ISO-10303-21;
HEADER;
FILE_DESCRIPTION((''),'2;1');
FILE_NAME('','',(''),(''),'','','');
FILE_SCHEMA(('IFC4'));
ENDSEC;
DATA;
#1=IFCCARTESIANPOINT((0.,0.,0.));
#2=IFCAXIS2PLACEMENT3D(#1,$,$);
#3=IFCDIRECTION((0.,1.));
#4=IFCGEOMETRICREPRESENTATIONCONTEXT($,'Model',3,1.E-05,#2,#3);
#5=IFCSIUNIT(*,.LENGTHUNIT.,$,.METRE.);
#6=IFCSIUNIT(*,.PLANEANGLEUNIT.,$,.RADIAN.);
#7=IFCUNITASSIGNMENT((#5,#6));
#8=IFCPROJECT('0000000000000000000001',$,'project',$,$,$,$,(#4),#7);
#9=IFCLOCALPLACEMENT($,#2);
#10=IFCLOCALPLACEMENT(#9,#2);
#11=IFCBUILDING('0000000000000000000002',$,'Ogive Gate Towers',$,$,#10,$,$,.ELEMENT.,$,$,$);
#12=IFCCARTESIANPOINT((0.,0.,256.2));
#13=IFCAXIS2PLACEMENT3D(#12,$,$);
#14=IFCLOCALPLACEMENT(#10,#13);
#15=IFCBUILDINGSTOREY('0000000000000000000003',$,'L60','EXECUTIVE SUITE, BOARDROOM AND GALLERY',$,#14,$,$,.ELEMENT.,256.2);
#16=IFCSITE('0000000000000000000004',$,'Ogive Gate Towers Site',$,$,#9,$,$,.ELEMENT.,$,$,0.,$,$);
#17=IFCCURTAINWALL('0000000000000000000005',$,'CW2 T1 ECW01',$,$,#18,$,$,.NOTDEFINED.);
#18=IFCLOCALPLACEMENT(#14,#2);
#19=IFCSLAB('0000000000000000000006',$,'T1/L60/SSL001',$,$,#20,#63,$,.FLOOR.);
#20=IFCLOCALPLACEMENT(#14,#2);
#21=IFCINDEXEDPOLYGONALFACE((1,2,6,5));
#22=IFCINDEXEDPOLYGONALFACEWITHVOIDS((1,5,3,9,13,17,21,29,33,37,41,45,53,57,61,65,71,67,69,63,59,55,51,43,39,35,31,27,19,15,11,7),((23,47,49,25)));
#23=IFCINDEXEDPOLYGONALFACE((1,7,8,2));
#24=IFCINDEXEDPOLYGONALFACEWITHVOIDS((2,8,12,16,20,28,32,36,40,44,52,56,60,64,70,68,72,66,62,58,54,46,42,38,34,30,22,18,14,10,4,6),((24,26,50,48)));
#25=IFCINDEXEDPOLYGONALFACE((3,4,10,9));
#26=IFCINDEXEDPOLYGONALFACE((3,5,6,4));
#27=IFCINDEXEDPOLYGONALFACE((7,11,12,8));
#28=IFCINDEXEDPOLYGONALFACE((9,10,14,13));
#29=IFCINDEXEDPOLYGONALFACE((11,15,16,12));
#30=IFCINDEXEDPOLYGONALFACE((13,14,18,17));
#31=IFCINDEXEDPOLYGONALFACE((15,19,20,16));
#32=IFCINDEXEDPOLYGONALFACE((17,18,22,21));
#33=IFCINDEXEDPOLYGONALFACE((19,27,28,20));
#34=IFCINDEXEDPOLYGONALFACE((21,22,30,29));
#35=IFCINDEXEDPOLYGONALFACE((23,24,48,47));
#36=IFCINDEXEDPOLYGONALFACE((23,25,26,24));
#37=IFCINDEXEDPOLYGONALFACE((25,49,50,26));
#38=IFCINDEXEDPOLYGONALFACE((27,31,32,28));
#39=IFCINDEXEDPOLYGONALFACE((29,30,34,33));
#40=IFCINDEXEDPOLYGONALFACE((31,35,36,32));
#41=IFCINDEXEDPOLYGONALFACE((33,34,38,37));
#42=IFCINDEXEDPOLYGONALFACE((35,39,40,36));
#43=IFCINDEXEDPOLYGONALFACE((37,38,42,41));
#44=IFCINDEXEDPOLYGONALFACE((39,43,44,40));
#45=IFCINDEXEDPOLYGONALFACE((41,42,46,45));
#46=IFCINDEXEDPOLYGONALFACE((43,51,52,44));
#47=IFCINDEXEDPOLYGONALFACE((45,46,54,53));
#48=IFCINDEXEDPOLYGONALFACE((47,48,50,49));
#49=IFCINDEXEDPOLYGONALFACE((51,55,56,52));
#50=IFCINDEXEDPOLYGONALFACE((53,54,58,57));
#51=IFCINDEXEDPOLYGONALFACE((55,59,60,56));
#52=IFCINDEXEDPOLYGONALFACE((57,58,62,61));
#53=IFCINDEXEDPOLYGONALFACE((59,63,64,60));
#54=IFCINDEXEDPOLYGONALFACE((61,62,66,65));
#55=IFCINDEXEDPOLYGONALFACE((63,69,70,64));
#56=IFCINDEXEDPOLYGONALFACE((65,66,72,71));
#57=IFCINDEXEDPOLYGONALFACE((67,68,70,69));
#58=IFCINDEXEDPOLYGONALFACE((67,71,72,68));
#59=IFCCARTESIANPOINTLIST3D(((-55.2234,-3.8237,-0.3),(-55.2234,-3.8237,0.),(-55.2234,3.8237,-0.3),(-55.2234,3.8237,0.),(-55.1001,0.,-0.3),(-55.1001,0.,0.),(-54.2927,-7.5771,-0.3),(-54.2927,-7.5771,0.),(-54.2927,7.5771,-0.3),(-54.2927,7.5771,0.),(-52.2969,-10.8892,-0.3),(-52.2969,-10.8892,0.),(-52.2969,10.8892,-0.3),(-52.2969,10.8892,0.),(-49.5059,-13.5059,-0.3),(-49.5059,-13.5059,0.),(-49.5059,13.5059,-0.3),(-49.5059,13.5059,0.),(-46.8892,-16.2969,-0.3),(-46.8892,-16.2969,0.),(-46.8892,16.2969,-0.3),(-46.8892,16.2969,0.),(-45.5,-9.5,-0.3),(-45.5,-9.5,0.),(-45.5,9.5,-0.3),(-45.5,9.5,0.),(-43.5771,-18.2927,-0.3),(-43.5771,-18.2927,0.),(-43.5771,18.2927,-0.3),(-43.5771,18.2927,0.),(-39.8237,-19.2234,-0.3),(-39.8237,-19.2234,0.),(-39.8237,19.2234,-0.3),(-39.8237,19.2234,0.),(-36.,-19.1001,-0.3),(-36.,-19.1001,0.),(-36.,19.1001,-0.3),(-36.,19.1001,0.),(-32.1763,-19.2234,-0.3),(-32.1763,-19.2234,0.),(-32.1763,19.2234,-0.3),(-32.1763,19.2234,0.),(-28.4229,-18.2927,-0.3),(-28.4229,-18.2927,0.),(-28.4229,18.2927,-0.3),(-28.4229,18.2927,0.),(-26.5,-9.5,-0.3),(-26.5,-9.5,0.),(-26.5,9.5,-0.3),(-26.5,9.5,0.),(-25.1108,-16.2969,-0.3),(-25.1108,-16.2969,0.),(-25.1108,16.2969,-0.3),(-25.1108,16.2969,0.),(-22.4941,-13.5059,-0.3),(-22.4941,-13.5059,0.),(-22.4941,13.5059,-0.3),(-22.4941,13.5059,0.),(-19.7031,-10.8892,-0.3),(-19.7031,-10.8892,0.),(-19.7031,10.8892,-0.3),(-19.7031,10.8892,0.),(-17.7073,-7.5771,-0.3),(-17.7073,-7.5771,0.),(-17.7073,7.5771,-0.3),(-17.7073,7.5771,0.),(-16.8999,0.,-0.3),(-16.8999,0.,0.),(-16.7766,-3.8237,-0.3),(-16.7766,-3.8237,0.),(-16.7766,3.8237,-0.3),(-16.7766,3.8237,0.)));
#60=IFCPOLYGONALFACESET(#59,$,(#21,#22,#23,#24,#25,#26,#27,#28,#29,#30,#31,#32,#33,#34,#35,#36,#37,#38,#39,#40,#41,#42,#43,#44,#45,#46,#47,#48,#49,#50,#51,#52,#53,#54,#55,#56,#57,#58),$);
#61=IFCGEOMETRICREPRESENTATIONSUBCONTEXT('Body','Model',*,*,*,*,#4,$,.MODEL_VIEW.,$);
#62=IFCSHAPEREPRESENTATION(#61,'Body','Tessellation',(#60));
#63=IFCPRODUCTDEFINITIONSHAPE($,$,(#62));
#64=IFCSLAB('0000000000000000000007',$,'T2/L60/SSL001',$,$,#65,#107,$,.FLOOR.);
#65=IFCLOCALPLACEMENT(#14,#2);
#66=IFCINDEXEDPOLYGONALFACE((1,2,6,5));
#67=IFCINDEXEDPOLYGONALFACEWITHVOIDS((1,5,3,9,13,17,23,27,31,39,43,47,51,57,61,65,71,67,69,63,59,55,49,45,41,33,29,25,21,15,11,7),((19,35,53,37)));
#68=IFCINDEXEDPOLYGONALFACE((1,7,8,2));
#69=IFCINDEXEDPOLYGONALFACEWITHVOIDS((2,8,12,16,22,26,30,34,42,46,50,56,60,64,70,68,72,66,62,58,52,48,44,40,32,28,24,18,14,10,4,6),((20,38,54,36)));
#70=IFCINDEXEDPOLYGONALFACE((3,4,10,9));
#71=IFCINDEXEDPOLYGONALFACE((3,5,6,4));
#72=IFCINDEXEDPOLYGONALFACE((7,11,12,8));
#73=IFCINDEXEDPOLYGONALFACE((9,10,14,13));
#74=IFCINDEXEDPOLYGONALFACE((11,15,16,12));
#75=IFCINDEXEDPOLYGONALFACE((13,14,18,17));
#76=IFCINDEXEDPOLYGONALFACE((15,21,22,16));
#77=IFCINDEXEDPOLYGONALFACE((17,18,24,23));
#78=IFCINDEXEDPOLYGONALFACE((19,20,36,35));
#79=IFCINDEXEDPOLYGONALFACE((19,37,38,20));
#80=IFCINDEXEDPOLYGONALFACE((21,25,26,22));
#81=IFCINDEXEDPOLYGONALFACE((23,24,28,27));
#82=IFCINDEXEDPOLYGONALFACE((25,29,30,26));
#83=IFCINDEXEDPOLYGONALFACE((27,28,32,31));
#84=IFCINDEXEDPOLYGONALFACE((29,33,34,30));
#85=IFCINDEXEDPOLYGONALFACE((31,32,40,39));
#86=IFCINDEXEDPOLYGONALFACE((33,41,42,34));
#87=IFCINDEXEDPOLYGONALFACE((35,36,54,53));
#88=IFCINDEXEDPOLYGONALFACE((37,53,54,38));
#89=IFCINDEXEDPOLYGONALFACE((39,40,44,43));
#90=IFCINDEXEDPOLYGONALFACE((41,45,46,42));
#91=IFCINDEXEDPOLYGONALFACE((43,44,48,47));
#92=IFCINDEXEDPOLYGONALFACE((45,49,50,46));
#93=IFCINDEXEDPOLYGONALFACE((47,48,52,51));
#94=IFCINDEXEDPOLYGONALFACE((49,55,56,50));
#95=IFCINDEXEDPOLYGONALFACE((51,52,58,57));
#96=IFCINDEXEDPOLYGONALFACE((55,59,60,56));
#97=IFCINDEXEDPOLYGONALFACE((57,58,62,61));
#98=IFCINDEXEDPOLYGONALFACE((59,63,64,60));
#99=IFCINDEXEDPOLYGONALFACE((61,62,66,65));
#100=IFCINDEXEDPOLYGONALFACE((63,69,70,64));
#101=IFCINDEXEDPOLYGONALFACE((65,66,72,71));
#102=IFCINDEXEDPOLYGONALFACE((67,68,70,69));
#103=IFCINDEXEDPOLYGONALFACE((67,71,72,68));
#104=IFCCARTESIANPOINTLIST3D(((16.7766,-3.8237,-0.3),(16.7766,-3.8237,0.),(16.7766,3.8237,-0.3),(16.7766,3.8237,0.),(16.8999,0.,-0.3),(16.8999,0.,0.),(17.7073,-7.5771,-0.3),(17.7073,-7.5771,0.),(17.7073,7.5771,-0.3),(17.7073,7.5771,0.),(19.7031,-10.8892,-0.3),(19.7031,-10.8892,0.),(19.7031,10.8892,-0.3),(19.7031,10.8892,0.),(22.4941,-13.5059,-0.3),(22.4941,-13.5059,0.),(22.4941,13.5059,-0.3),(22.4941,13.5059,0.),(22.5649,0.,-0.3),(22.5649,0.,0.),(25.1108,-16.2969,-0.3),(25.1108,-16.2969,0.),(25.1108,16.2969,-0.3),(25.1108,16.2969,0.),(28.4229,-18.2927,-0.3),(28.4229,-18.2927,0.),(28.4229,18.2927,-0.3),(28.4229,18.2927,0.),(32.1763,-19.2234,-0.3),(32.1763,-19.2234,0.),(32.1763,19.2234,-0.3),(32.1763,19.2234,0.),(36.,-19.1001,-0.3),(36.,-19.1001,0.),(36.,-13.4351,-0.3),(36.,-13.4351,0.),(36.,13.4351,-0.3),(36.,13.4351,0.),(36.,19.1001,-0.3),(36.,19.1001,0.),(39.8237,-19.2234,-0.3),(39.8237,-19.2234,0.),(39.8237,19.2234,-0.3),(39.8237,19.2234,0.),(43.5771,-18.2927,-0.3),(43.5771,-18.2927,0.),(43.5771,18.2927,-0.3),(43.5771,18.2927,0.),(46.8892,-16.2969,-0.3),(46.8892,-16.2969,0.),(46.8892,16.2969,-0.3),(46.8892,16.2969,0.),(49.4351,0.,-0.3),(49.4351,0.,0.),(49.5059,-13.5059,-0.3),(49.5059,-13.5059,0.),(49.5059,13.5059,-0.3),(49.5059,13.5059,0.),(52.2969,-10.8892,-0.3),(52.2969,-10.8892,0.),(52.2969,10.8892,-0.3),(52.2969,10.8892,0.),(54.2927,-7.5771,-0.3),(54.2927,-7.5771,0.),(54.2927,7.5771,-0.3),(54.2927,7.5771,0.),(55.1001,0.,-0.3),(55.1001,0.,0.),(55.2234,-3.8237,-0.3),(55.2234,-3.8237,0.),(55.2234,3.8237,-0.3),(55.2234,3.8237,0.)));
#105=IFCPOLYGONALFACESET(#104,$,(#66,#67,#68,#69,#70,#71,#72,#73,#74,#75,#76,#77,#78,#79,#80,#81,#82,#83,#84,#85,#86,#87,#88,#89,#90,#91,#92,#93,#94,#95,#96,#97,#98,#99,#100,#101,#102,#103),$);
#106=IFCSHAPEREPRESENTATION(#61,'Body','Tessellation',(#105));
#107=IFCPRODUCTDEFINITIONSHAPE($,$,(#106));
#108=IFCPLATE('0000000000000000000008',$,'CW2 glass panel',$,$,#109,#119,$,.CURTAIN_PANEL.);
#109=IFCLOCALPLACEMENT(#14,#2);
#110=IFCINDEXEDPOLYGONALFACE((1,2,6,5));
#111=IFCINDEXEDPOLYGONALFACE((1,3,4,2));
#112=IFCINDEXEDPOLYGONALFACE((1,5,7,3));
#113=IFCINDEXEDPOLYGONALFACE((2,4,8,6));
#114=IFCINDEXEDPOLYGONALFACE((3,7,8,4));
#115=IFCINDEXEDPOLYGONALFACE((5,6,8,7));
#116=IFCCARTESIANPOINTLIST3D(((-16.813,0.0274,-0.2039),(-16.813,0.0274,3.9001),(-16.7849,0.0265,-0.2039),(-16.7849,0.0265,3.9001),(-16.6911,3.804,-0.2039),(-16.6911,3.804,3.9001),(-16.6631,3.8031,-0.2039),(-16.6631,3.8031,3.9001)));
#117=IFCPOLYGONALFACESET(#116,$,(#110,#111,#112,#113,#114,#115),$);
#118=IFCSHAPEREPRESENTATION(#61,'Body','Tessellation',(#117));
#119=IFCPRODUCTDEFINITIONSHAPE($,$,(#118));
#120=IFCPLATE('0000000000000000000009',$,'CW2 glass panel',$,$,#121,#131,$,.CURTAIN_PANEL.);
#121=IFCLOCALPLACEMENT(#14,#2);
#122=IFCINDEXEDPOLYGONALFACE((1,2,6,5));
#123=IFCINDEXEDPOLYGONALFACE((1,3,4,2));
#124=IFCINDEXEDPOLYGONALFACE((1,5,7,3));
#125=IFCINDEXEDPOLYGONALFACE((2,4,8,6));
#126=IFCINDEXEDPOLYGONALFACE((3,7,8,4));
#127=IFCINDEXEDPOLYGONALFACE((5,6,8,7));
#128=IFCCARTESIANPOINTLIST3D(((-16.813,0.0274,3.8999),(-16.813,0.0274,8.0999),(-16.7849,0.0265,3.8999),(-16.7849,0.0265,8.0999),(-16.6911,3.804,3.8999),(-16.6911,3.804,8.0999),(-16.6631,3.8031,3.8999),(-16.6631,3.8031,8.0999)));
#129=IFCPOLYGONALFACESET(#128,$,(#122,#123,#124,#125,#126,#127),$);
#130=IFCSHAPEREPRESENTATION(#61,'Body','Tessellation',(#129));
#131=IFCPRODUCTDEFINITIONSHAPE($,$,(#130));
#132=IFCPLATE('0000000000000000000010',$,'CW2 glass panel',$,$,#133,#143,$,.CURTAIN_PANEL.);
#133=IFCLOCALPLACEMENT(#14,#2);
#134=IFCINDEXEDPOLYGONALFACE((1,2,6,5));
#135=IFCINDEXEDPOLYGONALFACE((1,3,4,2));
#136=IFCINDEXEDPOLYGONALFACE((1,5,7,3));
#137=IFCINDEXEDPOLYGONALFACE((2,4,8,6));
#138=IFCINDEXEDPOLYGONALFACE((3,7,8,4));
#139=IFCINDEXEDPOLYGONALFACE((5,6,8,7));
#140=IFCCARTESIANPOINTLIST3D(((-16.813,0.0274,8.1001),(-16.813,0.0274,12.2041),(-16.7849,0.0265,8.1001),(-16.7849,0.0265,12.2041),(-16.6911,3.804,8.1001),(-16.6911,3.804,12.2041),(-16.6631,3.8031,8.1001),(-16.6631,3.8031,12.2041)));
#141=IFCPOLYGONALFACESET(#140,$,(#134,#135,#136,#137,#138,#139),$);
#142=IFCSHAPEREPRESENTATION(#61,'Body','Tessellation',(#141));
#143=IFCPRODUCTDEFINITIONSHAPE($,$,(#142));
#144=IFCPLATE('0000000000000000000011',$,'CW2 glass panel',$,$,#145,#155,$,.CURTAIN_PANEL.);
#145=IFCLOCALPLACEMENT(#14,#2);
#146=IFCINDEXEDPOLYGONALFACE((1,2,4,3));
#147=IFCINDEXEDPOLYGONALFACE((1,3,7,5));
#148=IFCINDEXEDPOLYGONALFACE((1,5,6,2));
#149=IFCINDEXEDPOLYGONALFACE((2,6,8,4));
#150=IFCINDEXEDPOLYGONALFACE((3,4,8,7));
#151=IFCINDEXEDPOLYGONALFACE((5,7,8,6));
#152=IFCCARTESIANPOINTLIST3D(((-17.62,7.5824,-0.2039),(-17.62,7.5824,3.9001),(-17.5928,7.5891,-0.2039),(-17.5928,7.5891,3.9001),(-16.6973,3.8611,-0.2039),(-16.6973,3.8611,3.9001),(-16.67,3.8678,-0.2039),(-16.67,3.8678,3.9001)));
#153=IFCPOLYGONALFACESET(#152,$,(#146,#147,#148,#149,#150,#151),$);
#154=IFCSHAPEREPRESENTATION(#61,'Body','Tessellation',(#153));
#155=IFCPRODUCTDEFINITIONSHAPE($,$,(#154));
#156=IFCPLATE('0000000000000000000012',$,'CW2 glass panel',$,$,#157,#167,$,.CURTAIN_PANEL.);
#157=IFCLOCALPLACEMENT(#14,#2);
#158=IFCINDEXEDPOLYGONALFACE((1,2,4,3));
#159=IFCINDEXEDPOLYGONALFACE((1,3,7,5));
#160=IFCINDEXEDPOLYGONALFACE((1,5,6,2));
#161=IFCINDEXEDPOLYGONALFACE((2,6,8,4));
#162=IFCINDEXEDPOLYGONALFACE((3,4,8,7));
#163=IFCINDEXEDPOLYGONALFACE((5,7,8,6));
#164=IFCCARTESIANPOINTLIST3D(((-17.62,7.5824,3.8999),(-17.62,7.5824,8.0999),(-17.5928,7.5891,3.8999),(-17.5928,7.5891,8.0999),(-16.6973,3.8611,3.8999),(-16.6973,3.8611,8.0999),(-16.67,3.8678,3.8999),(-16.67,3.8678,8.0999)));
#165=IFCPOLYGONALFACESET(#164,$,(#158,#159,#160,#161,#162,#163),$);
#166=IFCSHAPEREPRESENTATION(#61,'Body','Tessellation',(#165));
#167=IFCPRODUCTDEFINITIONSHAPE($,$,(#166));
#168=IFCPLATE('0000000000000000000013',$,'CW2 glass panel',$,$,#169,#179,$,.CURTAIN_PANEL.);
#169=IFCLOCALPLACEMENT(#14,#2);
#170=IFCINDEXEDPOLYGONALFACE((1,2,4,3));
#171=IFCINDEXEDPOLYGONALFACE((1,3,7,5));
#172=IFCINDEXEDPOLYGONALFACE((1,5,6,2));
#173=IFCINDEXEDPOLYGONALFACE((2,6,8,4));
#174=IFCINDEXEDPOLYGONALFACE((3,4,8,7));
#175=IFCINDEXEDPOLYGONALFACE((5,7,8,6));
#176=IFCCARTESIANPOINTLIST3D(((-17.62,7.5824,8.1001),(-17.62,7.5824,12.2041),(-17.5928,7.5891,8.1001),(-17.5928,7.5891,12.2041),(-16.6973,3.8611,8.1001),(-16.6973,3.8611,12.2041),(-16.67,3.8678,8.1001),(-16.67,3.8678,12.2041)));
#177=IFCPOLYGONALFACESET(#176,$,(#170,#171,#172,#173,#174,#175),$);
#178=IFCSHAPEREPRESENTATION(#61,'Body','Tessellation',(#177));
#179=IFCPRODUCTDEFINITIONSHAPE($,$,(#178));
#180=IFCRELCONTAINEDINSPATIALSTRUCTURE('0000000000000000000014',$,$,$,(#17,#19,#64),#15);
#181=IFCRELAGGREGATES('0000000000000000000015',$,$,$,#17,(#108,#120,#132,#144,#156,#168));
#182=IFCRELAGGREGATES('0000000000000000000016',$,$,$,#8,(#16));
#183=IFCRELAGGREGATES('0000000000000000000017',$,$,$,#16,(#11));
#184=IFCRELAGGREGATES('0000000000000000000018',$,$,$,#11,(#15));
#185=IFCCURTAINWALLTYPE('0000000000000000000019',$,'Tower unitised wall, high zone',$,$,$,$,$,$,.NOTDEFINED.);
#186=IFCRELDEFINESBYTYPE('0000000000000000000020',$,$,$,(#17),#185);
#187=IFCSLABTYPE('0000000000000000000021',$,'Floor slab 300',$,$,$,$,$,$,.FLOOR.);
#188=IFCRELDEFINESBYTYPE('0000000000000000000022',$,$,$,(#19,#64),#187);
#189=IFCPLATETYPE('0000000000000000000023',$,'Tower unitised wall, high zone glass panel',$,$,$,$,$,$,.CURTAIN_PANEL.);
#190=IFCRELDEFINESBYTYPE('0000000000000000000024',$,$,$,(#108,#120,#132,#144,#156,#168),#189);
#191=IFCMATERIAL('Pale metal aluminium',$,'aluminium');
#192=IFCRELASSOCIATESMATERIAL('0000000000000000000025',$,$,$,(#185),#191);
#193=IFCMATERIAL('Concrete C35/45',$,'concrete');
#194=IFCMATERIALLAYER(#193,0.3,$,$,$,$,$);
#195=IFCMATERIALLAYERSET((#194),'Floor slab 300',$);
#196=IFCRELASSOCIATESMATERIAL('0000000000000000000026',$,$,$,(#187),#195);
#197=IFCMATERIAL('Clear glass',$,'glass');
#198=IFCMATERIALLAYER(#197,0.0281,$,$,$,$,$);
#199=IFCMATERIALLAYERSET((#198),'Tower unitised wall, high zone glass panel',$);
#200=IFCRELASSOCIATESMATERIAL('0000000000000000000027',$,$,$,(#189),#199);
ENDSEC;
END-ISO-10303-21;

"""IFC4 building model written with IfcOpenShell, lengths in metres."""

from ifc_helpers import new_model, si_unit, direction, frame, origin, origin_2d, place, context, subcontext, project, spatial, polyline, rectangle, outline, extrude, material, layer, layer_set, type_object, element, aggregate, save


model = new_model("IFC4")

# Units and contexts
model_context = context("Model", 3, precision=1e-05, world=origin(), true_north=direction((0.0, 1.0)))
body_context = subcontext(model_context, "Body", "Model", "MODEL_VIEW")
ifc_project = project(units=[si_unit("LENGTHUNIT", "METRE"), si_unit("PLANEANGLEUNIT", "RADIAN")], contexts=[model_context])

# Site, building, storey
site_placement = place(None, origin())
site = spatial("IfcSite", under=ifc_project, at=site_placement, Name="Ogive Gate Towers Site", CompositionType="ELEMENT", RefElevation=0.0)
building_placement = place(site_placement, origin())
building = spatial("IfcBuilding", under=site, at=building_placement, Name="Ogive Gate Towers", CompositionType="ELEMENT")
storey_placement = place(building_placement, frame((0.0, 0.0, 256.2)))
storey = spatial("IfcBuildingStorey", under=building, at=storey_placement, Name="L60", Description="EXECUTIVE SUITE, BOARDROOM AND GALLERY", CompositionType="ELEMENT", Elevation=256.2)

# Curtain wall
ifc_material_1 = material(Name="Pale metal aluminium", Category="aluminium")
curtain_wall_type = type_object("IfcCurtainWallType", Name="Tower unitised wall, high zone", PredefinedType="NOTDEFINED", material=ifc_material_1)
curtain_wall_placement = place(storey_placement, origin())
curtain_wall = element("IfcCurtainWall", 1, at=curtain_wall_placement, inside=storey, type_object=curtain_wall_type, Name="CW2 T1 ECW01", PredefinedType="NOTDEFINED")

# Slabs
ifc_material_2 = material(Name="Concrete C35/45", Category="concrete")
ifc_layer_1 = layer(ifc_material_2, 0.3)
ifc_layer_set_1 = layer_set([ifc_layer_1], Name="Floor slab 300")
slab_type_1 = type_object("IfcSlabType", Name="Floor slab 300", PredefinedType="FLOOR", material=ifc_layer_set_1)
slab_1_placement = place(storey_placement, frame((0.0, 0.0, -0.3)))
element("IfcSlab", 2, at=slab_1_placement, inside=storey, type_object=slab_type_1, Name="T1/L60/SSL001", PredefinedType="FLOOR", context=body_context, shape_type="SweptSolid", body=[
    extrude(outline(polyline([(-16.7766, -3.8237), (-16.8999, 0.0), (-16.7766, 3.8237), (-17.7073, 7.5771), (-19.7031, 10.8892), (-22.4941, 13.5059), (-25.1108, 16.2969), (-28.4229, 18.2927), (-32.1763, 19.2234), (-36.0, 19.1001), (-39.8237, 19.2234), (-43.5771, 18.2927), (-46.8892, 16.2969), (-49.5059, 13.5059), (-52.2969, 10.8892), (-54.2927, 7.5771), (-55.2234, 3.8237), (-55.1001, 0.0), (-55.2234, -3.8237), (-54.2927, -7.5771), (-52.2969, -10.8892), (-49.5059, -13.5059), (-46.8892, -16.2969), (-43.5771, -18.2927), (-39.8237, -19.2234), (-36.0, -19.1001), (-32.1763, -19.2234), (-28.4229, -18.2927), (-25.1108, -16.2969), (-22.4941, -13.5059), (-19.7031, -10.8892), (-17.7073, -7.5771), (-16.7766, -3.8237)]), holes=[polyline([(-26.5, -9.5), (-45.5, -9.5), (-45.5, 9.5), (-26.5, 9.5), (-26.5, -9.5)])]), origin(), (0.0, 0.0, 1.0), 0.3),
])
slab_2_placement = place(storey_placement, frame((0.0, 0.0, -0.3)))
element("IfcSlab", 3, at=slab_2_placement, inside=storey, type_object=slab_type_1, Name="T2/L60/SSL001", PredefinedType="FLOOR", context=body_context, shape_type="SweptSolid", body=[
    extrude(outline(polyline([(55.2234, -3.8237), (55.1001, 0.0), (55.2234, 3.8237), (54.2927, 7.5771), (52.2969, 10.8892), (49.5059, 13.5059), (46.8892, 16.2969), (43.5771, 18.2927), (39.8237, 19.2234), (36.0, 19.1001), (32.1763, 19.2234), (28.4229, 18.2927), (25.1108, 16.2969), (22.4941, 13.5059), (19.7031, 10.8892), (17.7073, 7.5771), (16.7766, 3.8237), (16.8999, 0.0), (16.7766, -3.8237), (17.7073, -7.5771), (19.7031, -10.8892), (22.4941, -13.5059), (25.1108, -16.2969), (28.4229, -18.2927), (32.1763, -19.2234), (36.0, -19.1001), (39.8237, -19.2234), (43.5771, -18.2927), (46.8892, -16.2969), (49.5059, -13.5059), (52.2969, -10.8892), (54.2927, -7.5771), (55.2234, -3.8237)]), holes=[polyline([(49.4351, 0.0), (36.0, -13.4351), (22.5649, 0.0), (36.0, 13.4351), (49.4351, 0.0)])]), origin(), (0.0, 0.0, 1.0), 0.3),
])

# Plates
ifc_material_3 = material(Name="Clear glass", Category="glass")
ifc_layer_2 = layer(ifc_material_3, 0.0281)
ifc_layer_set_2 = layer_set([ifc_layer_2], Name="Tower unitised wall, high zone glass panel")
plate_type = type_object("IfcPlateType", Name="Tower unitised wall, high zone glass panel", PredefinedType="CURTAIN_PANEL", material=ifc_layer_set_2)
plate_1_placement = place(storey_placement, frame((-16.738, 1.9153, -0.2039), z_axis=(0.0, 0.0, 1.0), x_axis=(0.032248, 0.99948, 0.0)))
plate_1 = element("IfcPlate", 4, at=plate_1_placement, type_object=plate_type, Name="CW2 glass panel", PredefinedType="CURTAIN_PANEL", context=body_context, shape_type="SweptSolid", body=[
    extrude(rectangle(XDim=3.7786, YDim=0.0281, at=origin_2d()), origin(), (0.0, 0.0, 1.0), 4.104),
])
plate_2_placement = place(storey_placement, frame((-16.738, 1.9153, 3.8999), z_axis=(0.0, 0.0, 1.0), x_axis=(0.032248, 0.99948, 0.0)))
plate_2 = element("IfcPlate", 5, at=plate_2_placement, type_object=plate_type, Name="CW2 glass panel", PredefinedType="CURTAIN_PANEL", context=body_context, shape_type="SweptSolid", body=[
    extrude(rectangle(XDim=3.7786, YDim=0.0281, at=origin_2d()), origin(), (0.0, 0.0, 1.0), 4.2),
])
plate_3_placement = place(storey_placement, frame((-16.738, 1.9153, 8.1001), z_axis=(0.0, 0.0, 1.0), x_axis=(0.032248, 0.99948, 0.0)))
plate_3 = element("IfcPlate", 6, at=plate_3_placement, type_object=plate_type, Name="CW2 glass panel", PredefinedType="CURTAIN_PANEL", context=body_context, shape_type="SweptSolid", body=[
    extrude(rectangle(XDim=3.7786, YDim=0.0281, at=origin_2d()), origin(), (0.0, 0.0, 1.0), 4.104),
])
plate_4_placement = place(storey_placement, frame((-17.145, 5.7251, -0.2039), z_axis=(0.0, 0.0, 1.0), x_axis=(-0.240669, 0.970607, 0.0)))
plate_4 = element("IfcPlate", 7, at=plate_4_placement, type_object=plate_type, Name="CW2 glass panel", PredefinedType="CURTAIN_PANEL", context=body_context, shape_type="SweptSolid", body=[
    extrude(rectangle(XDim=3.834, YDim=0.0281, at=origin_2d()), origin(), (0.0, 0.0, 1.0), 4.104),
])
plate_5_placement = place(storey_placement, frame((-17.145, 5.7251, 3.8999), z_axis=(0.0, 0.0, 1.0), x_axis=(-0.240669, 0.970607, 0.0)))
plate_5 = element("IfcPlate", 8, at=plate_5_placement, type_object=plate_type, Name="CW2 glass panel", PredefinedType="CURTAIN_PANEL", context=body_context, shape_type="SweptSolid", body=[
    extrude(rectangle(XDim=3.834, YDim=0.0281, at=origin_2d()), origin(), (0.0, 0.0, 1.0), 4.2),
])
plate_6_placement = place(storey_placement, frame((-17.145, 5.7251, 8.1001), z_axis=(0.0, 0.0, 1.0), x_axis=(-0.240669, 0.970607, 0.0)))
plate_6 = element("IfcPlate", 9, at=plate_6_placement, type_object=plate_type, Name="CW2 glass panel", PredefinedType="CURTAIN_PANEL", context=body_context, shape_type="SweptSolid", body=[
    extrude(rectangle(XDim=3.834, YDim=0.0281, at=origin_2d()), origin(), (0.0, 0.0, 1.0), 4.104),
])
aggregate(curtain_wall, [plate_1, plate_2, plate_3, plate_4, plate_5, plate_6])

save(model, "model.ifc")
